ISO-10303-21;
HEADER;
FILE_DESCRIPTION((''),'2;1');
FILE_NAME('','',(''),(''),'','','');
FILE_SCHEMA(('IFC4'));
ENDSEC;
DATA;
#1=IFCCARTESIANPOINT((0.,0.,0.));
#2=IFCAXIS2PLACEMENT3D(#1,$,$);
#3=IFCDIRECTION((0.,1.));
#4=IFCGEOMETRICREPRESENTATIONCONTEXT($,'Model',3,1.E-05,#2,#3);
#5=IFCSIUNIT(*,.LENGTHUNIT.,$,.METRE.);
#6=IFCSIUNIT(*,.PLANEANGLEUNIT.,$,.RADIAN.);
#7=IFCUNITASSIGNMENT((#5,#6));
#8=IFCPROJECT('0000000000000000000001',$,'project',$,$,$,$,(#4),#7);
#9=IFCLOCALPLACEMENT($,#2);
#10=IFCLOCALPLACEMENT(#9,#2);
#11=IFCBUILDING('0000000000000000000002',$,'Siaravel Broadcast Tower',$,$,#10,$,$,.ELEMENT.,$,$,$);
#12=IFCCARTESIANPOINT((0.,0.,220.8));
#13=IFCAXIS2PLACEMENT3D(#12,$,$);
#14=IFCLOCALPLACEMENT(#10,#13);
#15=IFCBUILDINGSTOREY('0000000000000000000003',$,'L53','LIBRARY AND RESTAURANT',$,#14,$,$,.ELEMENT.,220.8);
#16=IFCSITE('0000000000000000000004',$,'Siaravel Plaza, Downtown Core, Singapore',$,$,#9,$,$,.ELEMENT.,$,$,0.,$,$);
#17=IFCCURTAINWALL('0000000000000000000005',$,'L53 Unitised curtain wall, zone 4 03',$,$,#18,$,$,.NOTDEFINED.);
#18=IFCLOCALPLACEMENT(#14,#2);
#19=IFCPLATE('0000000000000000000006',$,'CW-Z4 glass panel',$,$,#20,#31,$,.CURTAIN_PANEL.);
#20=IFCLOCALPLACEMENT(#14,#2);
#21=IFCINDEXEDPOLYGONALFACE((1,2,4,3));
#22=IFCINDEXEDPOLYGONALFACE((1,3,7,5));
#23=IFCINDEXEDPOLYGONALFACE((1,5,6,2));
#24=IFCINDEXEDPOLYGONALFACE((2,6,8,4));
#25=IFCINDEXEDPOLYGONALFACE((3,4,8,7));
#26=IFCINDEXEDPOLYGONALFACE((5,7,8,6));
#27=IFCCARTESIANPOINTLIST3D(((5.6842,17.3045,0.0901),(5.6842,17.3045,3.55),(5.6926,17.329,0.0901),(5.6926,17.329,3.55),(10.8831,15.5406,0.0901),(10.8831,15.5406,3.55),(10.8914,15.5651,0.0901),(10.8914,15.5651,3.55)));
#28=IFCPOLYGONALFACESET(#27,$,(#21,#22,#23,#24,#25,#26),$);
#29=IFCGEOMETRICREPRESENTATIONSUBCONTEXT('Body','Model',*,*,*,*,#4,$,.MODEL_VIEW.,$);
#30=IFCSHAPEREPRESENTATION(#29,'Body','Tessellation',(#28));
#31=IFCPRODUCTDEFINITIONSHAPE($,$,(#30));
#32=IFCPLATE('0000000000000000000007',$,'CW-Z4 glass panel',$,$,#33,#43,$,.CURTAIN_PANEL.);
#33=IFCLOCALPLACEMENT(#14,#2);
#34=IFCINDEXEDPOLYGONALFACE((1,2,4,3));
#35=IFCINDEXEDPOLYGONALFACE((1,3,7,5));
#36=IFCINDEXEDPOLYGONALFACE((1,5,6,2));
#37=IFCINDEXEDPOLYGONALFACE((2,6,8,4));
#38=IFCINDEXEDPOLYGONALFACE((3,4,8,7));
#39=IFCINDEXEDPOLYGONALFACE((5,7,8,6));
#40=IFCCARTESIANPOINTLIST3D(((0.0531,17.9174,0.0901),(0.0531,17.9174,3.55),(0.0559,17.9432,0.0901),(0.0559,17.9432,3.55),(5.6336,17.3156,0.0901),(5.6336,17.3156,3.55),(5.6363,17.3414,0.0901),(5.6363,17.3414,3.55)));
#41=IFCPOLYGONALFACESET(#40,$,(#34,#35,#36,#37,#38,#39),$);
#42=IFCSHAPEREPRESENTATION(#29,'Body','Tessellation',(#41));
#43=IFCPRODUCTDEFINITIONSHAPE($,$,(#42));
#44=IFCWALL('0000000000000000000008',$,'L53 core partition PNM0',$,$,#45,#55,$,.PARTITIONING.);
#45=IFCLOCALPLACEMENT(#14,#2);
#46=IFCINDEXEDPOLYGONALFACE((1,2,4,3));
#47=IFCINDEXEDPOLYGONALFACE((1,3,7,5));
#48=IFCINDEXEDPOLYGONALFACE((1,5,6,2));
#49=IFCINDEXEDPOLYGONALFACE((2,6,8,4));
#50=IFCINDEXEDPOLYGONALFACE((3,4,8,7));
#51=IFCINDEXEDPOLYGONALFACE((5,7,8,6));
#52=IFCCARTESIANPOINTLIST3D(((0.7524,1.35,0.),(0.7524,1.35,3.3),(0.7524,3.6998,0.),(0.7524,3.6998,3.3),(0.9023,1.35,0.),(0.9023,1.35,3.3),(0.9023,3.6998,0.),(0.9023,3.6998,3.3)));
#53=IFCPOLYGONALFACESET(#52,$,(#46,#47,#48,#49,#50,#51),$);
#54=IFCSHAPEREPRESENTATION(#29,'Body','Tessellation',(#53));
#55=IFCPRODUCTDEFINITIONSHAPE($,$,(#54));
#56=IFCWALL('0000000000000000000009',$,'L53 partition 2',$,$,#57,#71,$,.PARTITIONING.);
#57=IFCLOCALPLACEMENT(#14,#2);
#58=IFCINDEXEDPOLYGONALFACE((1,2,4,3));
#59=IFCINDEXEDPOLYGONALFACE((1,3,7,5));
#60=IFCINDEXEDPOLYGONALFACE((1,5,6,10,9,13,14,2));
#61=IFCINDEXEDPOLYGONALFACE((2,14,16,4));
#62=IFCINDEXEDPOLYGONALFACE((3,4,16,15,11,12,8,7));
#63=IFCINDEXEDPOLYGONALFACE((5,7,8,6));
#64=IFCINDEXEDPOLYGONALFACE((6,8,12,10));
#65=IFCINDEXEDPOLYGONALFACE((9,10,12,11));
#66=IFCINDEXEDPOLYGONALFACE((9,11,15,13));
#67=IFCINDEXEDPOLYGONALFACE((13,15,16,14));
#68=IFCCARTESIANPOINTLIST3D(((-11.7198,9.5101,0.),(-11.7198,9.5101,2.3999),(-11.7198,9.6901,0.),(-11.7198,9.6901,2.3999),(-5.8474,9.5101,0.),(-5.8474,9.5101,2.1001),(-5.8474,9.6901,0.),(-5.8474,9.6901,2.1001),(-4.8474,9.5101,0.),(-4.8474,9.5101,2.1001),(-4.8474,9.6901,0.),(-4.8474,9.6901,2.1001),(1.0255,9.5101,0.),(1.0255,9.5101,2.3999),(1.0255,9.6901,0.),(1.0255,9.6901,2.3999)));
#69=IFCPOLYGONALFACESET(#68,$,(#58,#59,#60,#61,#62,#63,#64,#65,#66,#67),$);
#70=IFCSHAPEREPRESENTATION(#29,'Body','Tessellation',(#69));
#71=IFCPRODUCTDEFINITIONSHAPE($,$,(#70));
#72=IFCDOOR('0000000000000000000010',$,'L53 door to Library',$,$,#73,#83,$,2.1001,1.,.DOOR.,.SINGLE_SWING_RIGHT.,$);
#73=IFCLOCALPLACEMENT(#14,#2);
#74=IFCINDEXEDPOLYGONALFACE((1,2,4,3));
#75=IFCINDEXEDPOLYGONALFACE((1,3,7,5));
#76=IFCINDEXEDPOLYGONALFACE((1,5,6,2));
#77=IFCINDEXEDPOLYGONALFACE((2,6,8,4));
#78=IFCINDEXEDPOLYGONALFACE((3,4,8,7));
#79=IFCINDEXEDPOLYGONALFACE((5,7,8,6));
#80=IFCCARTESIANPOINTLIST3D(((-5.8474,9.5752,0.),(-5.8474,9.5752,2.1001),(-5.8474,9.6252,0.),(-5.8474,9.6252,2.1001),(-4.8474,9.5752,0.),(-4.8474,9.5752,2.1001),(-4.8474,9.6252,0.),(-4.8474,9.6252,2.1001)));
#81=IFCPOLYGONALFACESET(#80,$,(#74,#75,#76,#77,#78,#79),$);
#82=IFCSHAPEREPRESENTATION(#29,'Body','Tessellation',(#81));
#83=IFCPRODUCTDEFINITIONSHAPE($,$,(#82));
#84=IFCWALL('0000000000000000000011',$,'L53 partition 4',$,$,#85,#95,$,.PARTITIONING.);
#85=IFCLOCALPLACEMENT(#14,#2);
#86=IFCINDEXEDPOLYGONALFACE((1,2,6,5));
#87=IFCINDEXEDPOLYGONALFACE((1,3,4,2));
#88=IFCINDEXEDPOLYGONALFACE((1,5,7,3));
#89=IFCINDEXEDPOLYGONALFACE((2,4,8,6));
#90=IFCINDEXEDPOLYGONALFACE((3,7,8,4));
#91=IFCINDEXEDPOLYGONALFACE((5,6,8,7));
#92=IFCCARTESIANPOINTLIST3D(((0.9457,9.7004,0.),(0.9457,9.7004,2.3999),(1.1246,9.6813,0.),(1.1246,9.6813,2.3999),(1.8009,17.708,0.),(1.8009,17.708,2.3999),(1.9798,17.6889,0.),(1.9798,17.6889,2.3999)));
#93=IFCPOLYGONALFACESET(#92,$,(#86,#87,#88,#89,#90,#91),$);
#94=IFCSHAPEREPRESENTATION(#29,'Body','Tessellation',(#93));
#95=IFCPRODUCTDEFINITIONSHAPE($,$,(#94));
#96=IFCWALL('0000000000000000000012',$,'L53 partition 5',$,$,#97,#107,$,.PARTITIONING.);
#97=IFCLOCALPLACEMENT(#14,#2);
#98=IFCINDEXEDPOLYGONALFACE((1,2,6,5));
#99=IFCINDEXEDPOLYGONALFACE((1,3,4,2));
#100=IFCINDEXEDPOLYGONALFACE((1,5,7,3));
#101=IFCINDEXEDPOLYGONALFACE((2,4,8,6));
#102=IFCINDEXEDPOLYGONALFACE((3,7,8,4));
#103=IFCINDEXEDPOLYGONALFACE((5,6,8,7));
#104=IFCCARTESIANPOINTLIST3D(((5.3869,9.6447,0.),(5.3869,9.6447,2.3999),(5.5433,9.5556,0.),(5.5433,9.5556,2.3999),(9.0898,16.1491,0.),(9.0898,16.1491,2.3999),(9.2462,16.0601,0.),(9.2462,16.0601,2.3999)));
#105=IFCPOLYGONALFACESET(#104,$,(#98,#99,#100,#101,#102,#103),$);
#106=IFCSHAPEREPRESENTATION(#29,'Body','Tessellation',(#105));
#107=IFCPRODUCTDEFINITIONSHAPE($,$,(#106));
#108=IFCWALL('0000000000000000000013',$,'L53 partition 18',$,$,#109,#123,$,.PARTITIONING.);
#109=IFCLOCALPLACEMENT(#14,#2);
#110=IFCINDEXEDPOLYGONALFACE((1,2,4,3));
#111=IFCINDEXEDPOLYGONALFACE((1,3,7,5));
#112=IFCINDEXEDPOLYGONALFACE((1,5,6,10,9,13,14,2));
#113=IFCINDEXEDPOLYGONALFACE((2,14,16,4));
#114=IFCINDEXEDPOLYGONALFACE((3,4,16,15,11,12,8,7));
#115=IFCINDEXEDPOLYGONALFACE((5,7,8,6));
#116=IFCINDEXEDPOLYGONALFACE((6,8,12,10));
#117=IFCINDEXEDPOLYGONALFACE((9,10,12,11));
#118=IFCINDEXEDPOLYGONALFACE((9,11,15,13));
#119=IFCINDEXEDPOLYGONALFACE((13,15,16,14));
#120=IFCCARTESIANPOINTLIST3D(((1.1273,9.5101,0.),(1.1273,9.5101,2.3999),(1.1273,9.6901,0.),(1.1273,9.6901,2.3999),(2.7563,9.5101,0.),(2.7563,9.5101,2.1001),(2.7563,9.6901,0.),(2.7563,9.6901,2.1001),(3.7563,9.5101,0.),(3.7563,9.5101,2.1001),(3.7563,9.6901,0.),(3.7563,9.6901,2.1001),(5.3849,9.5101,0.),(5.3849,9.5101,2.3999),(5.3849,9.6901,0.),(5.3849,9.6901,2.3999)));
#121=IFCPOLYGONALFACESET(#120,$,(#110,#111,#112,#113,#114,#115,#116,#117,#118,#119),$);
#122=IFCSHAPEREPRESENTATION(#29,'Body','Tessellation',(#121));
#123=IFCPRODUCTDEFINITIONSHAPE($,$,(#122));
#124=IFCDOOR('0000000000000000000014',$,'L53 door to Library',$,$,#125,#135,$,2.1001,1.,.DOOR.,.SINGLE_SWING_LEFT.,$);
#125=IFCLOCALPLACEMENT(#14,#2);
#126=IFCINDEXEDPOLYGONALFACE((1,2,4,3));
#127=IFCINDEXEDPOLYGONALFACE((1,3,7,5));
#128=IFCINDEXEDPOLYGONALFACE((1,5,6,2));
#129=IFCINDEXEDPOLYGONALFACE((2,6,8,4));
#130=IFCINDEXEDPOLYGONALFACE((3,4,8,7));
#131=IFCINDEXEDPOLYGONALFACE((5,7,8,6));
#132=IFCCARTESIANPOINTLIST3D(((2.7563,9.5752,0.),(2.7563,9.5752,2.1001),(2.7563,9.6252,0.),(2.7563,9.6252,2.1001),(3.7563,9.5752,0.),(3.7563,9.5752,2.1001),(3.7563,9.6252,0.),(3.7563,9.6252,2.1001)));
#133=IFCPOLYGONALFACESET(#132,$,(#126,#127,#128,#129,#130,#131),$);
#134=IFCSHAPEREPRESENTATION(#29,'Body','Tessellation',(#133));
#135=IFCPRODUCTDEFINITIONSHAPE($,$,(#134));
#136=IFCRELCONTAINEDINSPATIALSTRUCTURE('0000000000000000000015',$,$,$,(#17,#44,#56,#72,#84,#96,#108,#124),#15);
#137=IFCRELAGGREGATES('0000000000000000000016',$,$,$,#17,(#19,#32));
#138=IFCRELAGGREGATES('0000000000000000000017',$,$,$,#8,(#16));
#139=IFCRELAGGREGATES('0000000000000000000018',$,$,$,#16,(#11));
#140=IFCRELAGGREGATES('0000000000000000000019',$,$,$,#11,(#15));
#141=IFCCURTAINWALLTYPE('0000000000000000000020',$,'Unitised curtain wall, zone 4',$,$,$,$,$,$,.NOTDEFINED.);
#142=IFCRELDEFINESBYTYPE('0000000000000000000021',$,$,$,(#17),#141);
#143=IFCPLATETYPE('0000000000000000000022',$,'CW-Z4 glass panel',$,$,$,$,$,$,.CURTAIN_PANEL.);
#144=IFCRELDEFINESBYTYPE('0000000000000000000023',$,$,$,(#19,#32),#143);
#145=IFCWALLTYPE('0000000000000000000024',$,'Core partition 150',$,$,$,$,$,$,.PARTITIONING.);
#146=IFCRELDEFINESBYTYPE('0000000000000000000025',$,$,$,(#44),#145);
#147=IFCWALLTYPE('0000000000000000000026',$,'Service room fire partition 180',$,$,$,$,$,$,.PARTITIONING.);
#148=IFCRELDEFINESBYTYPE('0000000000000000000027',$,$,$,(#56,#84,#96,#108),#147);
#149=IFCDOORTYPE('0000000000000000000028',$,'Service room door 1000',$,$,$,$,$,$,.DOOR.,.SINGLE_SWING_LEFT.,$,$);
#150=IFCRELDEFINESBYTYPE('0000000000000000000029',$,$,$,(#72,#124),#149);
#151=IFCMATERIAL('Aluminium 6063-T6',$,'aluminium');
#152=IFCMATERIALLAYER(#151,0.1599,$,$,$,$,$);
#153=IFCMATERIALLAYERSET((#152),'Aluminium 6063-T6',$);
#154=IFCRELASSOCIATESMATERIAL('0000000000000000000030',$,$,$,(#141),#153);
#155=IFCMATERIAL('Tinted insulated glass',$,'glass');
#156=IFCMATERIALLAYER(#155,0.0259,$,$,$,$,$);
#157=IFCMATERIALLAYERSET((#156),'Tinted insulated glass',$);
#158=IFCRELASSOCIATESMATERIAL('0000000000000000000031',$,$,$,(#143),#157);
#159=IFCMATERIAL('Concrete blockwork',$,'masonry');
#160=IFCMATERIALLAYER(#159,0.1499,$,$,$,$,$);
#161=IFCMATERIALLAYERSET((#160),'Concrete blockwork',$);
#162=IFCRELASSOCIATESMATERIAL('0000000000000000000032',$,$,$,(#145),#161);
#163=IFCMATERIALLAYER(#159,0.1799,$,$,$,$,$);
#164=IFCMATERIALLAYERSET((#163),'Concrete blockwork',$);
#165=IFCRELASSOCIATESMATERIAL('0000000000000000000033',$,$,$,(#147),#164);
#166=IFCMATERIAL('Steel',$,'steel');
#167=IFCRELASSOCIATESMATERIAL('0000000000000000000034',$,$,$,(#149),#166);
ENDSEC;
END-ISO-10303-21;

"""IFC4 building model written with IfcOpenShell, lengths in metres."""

from ifc_helpers import new_model, si_unit, direction, frame, frame_2d, origin, origin_2d, place, context, subcontext, project, spatial, rectangle, extrude, material, layer, layer_set, type_object, element, fill, aggregate, save


model = new_model("IFC4")

# Units and contexts
model_context = context("Model", 3, precision=1e-05, world=origin(), true_north=direction((0.0, 1.0)))
body_context = subcontext(model_context, "Body", "Model", "MODEL_VIEW")
ifc_project = project(units=[si_unit("LENGTHUNIT", "METRE"), si_unit("PLANEANGLEUNIT", "RADIAN")], contexts=[model_context])

# Site, building, storey
site_placement = place(None, origin())
site = spatial("IfcSite", under=ifc_project, at=site_placement, Name="Siaravel Plaza, Downtown Core, Singapore", CompositionType="ELEMENT", RefElevation=0.0)
building_placement = place(site_placement, origin())
building = spatial("IfcBuilding", under=site, at=building_placement, Name="Siaravel Broadcast Tower", CompositionType="ELEMENT")
storey_placement = place(building_placement, frame((0.0, 0.0, 220.8)))
storey = spatial("IfcBuildingStorey", under=building, at=storey_placement, Name="L53", Description="LIBRARY AND RESTAURANT", CompositionType="ELEMENT", Elevation=220.8)

# Curtain wall, plates
ifc_material_1 = material(Name="Aluminium 6063-T6", Category="aluminium")
ifc_layer_1 = layer(ifc_material_1, 0.1599)
ifc_layer_set_1 = layer_set([ifc_layer_1], Name="Aluminium 6063-T6")
curtain_wall_type = type_object("IfcCurtainWallType", Name="Unitised curtain wall, zone 4", PredefinedType="NOTDEFINED", material=ifc_layer_set_1)
curtain_wall_placement = place(storey_placement, origin())
curtain_wall = element("IfcCurtainWall", 1, at=curtain_wall_placement, inside=storey, type_object=curtain_wall_type, Name="L53 Unitised curtain wall, zone 4 03", PredefinedType="NOTDEFINED")
ifc_material_2 = material(Name="Tinted insulated glass", Category="glass")
ifc_layer_2 = layer(ifc_material_2, 0.0259)
ifc_layer_set_2 = layer_set([ifc_layer_2], Name="Tinted insulated glass")
plate_type = type_object("IfcPlateType", Name="CW-Z4 glass panel", PredefinedType="CURTAIN_PANEL", material=ifc_layer_set_2)
plate_1_placement = place(storey_placement, frame((8.2878, 16.4348, 0.0901), z_axis=(0.0, 0.0, 1.0), x_axis=(-0.946977, 0.321301, 0.0)))
plate_1 = element("IfcPlate", 2, at=plate_1_placement, type_object=plate_type, Name="CW-Z4 glass panel", PredefinedType="CURTAIN_PANEL", context=body_context, shape_type="SweptSolid", body=[
    extrude(rectangle(XDim=5.49, YDim=0.0259, at=origin_2d()), origin(), (0.0, 0.0, 1.0), 3.46),
])
plate_2_placement = place(storey_placement, frame((2.8447, 17.6294, 0.0901), z_axis=(0.0, 0.0, 1.0), x_axis=(-0.994236, 0.107218, 0.0)))
plate_2 = element("IfcPlate", 3, at=plate_2_placement, type_object=plate_type, Name="CW-Z4 glass panel", PredefinedType="CURTAIN_PANEL", context=body_context, shape_type="SweptSolid", body=[
    extrude(rectangle(XDim=5.6128, YDim=0.0259, at=origin_2d()), origin(), (0.0, 0.0, 1.0), 3.46),
])
aggregate(curtain_wall, [plate_1, plate_2])

# Wall
ifc_material_3 = material(Name="Concrete blockwork", Category="masonry")
ifc_layer_3 = layer(ifc_material_3, 0.1499)
ifc_layer_set_3 = layer_set([ifc_layer_3], Name="Concrete blockwork")
wall_type_1 = type_object("IfcWallType", Name="Core partition 150", PredefinedType="PARTITIONING", material=ifc_layer_set_3)
wall_1_placement = place(storey_placement, frame((0.8274, 1.3501, 0.0), z_axis=(0.0, 0.0, 1.0), x_axis=(0.0, 1.0, 0.0)))
element("IfcWall", 4, at=wall_1_placement, inside=storey, type_object=wall_type_1, Name="L53 core partition PNM0", PredefinedType="PARTITIONING", context=body_context, shape_type="SweptSolid", body=[
    extrude(rectangle(XDim=2.3499, YDim=0.1499, at=frame_2d((1.1748, 0.0))), origin(), (0.0, 0.0, 1.0), 3.3),
])

# Wall, opening, door
ifc_layer_4 = layer(ifc_material_3, 0.1799)
ifc_layer_set_4 = layer_set([ifc_layer_4], Name="Concrete blockwork")
wall_type_2 = type_object("IfcWallType", Name="Service room fire partition 180", PredefinedType="PARTITIONING", material=ifc_layer_set_4)
wall_2_placement = place(storey_placement, frame((1.0254, 9.6001, 0.0), z_axis=(0.0, 0.0, 1.0), x_axis=(-1.0, 0.0, 0.0)))
wall_2 = element("IfcWall", 5, at=wall_2_placement, inside=storey, type_object=wall_type_2, Name="L53 partition 2", PredefinedType="PARTITIONING", context=body_context, shape_type="SweptSolid", body=[
    extrude(rectangle(XDim=12.7454, YDim=0.1799, at=frame_2d((6.3726, 0.0))), origin(), (0.0, 0.0, 1.0), 2.3999),
])
opening_1_placement = place(wall_2_placement, frame((5.8728, 0.0, 0.0)))
opening_1 = element("IfcOpeningElement", 6, at=opening_1_placement, cuts=wall_2, PredefinedType="OPENING", context=body_context, shape_type="SweptSolid", body=[
    extrude(rectangle(XDim=1.0, YDim=2.1001, at=frame_2d((0.5, 1.05))), frame((0.0, 0.0999, 0.0), z_axis=(0.0, -1.0, 0.0), x_axis=(1.0, 0.0, 0.0)), (0.0, 0.0, 1.0), 0.2),
])
ifc_material_4 = material(Name="Steel", Category="steel")
door_type_1 = type_object("IfcDoorType", Name="Service room door 1000", OperationType="SINGLE_SWING_LEFT", PredefinedType="DOOR", material=ifc_material_4)
door_1_placement = place(opening_1_placement, origin())
door_1 = element("IfcDoor", 7, at=door_1_placement, inside=storey, type_object=door_type_1, Name="L53 door to Library", OperationType="SINGLE_SWING_RIGHT", OverallHeight=2.1001, OverallWidth=1.0, PredefinedType="DOOR", context=body_context, shape_type="SweptSolid", body=[
    extrude(rectangle(XDim=1.0, YDim=2.1001, at=frame_2d((0.5, 1.05))), frame((0.0, 0.0249, 0.0), z_axis=(0.0, -1.0, 0.0), x_axis=(1.0, 0.0, 0.0)), (0.0, 0.0, 1.0), 0.05),
])
fill(opening_1, door_1)

# Walls
wall_3_placement = place(storey_placement, frame((1.8904, 17.6985, 0.0), z_axis=(0.0, 0.0, 1.0), x_axis=(-0.106198, -0.994345, 0.0)))
element("IfcWall", 8, at=wall_3_placement, inside=storey, type_object=wall_type_2, Name="L53 partition 4", PredefinedType="PARTITIONING", context=body_context, shape_type="SweptSolid", body=[
    extrude(rectangle(XDim=8.0532, YDim=0.1799, at=frame_2d((4.0266, 0.0))), origin(), (0.0, 0.0, 1.0), 2.3999),
])
wall_4_placement = place(storey_placement, frame((9.168, 16.1045, 0.0), z_axis=(0.0, 0.0, 1.0), x_axis=(-0.494737, -0.869043, 0.0)))
element("IfcWall", 9, at=wall_4_placement, inside=storey, type_object=wall_type_2, Name="L53 partition 5", PredefinedType="PARTITIONING", context=body_context, shape_type="SweptSolid", body=[
    extrude(rectangle(XDim=7.4846, YDim=0.1799, at=frame_2d((3.7422, 0.0))), origin(), (0.0, 0.0, 1.0), 2.3999),
])

# Wall, opening, door
wall_5_placement = place(storey_placement, frame((5.385, 9.6001, 0.0), z_axis=(0.0, 0.0, 1.0), x_axis=(-1.0, 0.0, 0.0)))
wall_5 = element("IfcWall", 10, at=wall_5_placement, inside=storey, type_object=wall_type_2, Name="L53 partition 18", PredefinedType="PARTITIONING", context=body_context, shape_type="SweptSolid", body=[
    extrude(rectangle(XDim=4.2576, YDim=0.1799, at=frame_2d((2.1289, 0.0))), origin(), (0.0, 0.0, 1.0), 2.3999),
])
opening_2_placement = place(wall_5_placement, frame((1.6287, 0.0, 0.0)))
opening_2 = element("IfcOpeningElement", 11, at=opening_2_placement, cuts=wall_5, PredefinedType="OPENING", context=body_context, shape_type="SweptSolid", body=[
    extrude(rectangle(XDim=1.0, YDim=2.1001, at=frame_2d((0.5, 1.05))), frame((0.0, 0.0999, 0.0), z_axis=(0.0, -1.0, 0.0), x_axis=(1.0, 0.0, 0.0)), (0.0, 0.0, 1.0), 0.2),
])
door_2_placement = place(opening_2_placement, origin())
door_2 = element("IfcDoor", 12, at=door_2_placement, inside=storey, type_object=door_type_1, Name="L53 door to Library", OperationType="SINGLE_SWING_LEFT", OverallHeight=2.1001, OverallWidth=1.0, PredefinedType="DOOR", context=body_context, shape_type="SweptSolid", body=[
    extrude(rectangle(XDim=1.0, YDim=2.1001, at=frame_2d((0.5, 1.05))), frame((0.0, 0.0249, 0.0), z_axis=(0.0, -1.0, 0.0), x_axis=(1.0, 0.0, 0.0)), (0.0, 0.0, 1.0), 0.05),
])
fill(opening_2, door_2)

save(model, "model.ifc")
